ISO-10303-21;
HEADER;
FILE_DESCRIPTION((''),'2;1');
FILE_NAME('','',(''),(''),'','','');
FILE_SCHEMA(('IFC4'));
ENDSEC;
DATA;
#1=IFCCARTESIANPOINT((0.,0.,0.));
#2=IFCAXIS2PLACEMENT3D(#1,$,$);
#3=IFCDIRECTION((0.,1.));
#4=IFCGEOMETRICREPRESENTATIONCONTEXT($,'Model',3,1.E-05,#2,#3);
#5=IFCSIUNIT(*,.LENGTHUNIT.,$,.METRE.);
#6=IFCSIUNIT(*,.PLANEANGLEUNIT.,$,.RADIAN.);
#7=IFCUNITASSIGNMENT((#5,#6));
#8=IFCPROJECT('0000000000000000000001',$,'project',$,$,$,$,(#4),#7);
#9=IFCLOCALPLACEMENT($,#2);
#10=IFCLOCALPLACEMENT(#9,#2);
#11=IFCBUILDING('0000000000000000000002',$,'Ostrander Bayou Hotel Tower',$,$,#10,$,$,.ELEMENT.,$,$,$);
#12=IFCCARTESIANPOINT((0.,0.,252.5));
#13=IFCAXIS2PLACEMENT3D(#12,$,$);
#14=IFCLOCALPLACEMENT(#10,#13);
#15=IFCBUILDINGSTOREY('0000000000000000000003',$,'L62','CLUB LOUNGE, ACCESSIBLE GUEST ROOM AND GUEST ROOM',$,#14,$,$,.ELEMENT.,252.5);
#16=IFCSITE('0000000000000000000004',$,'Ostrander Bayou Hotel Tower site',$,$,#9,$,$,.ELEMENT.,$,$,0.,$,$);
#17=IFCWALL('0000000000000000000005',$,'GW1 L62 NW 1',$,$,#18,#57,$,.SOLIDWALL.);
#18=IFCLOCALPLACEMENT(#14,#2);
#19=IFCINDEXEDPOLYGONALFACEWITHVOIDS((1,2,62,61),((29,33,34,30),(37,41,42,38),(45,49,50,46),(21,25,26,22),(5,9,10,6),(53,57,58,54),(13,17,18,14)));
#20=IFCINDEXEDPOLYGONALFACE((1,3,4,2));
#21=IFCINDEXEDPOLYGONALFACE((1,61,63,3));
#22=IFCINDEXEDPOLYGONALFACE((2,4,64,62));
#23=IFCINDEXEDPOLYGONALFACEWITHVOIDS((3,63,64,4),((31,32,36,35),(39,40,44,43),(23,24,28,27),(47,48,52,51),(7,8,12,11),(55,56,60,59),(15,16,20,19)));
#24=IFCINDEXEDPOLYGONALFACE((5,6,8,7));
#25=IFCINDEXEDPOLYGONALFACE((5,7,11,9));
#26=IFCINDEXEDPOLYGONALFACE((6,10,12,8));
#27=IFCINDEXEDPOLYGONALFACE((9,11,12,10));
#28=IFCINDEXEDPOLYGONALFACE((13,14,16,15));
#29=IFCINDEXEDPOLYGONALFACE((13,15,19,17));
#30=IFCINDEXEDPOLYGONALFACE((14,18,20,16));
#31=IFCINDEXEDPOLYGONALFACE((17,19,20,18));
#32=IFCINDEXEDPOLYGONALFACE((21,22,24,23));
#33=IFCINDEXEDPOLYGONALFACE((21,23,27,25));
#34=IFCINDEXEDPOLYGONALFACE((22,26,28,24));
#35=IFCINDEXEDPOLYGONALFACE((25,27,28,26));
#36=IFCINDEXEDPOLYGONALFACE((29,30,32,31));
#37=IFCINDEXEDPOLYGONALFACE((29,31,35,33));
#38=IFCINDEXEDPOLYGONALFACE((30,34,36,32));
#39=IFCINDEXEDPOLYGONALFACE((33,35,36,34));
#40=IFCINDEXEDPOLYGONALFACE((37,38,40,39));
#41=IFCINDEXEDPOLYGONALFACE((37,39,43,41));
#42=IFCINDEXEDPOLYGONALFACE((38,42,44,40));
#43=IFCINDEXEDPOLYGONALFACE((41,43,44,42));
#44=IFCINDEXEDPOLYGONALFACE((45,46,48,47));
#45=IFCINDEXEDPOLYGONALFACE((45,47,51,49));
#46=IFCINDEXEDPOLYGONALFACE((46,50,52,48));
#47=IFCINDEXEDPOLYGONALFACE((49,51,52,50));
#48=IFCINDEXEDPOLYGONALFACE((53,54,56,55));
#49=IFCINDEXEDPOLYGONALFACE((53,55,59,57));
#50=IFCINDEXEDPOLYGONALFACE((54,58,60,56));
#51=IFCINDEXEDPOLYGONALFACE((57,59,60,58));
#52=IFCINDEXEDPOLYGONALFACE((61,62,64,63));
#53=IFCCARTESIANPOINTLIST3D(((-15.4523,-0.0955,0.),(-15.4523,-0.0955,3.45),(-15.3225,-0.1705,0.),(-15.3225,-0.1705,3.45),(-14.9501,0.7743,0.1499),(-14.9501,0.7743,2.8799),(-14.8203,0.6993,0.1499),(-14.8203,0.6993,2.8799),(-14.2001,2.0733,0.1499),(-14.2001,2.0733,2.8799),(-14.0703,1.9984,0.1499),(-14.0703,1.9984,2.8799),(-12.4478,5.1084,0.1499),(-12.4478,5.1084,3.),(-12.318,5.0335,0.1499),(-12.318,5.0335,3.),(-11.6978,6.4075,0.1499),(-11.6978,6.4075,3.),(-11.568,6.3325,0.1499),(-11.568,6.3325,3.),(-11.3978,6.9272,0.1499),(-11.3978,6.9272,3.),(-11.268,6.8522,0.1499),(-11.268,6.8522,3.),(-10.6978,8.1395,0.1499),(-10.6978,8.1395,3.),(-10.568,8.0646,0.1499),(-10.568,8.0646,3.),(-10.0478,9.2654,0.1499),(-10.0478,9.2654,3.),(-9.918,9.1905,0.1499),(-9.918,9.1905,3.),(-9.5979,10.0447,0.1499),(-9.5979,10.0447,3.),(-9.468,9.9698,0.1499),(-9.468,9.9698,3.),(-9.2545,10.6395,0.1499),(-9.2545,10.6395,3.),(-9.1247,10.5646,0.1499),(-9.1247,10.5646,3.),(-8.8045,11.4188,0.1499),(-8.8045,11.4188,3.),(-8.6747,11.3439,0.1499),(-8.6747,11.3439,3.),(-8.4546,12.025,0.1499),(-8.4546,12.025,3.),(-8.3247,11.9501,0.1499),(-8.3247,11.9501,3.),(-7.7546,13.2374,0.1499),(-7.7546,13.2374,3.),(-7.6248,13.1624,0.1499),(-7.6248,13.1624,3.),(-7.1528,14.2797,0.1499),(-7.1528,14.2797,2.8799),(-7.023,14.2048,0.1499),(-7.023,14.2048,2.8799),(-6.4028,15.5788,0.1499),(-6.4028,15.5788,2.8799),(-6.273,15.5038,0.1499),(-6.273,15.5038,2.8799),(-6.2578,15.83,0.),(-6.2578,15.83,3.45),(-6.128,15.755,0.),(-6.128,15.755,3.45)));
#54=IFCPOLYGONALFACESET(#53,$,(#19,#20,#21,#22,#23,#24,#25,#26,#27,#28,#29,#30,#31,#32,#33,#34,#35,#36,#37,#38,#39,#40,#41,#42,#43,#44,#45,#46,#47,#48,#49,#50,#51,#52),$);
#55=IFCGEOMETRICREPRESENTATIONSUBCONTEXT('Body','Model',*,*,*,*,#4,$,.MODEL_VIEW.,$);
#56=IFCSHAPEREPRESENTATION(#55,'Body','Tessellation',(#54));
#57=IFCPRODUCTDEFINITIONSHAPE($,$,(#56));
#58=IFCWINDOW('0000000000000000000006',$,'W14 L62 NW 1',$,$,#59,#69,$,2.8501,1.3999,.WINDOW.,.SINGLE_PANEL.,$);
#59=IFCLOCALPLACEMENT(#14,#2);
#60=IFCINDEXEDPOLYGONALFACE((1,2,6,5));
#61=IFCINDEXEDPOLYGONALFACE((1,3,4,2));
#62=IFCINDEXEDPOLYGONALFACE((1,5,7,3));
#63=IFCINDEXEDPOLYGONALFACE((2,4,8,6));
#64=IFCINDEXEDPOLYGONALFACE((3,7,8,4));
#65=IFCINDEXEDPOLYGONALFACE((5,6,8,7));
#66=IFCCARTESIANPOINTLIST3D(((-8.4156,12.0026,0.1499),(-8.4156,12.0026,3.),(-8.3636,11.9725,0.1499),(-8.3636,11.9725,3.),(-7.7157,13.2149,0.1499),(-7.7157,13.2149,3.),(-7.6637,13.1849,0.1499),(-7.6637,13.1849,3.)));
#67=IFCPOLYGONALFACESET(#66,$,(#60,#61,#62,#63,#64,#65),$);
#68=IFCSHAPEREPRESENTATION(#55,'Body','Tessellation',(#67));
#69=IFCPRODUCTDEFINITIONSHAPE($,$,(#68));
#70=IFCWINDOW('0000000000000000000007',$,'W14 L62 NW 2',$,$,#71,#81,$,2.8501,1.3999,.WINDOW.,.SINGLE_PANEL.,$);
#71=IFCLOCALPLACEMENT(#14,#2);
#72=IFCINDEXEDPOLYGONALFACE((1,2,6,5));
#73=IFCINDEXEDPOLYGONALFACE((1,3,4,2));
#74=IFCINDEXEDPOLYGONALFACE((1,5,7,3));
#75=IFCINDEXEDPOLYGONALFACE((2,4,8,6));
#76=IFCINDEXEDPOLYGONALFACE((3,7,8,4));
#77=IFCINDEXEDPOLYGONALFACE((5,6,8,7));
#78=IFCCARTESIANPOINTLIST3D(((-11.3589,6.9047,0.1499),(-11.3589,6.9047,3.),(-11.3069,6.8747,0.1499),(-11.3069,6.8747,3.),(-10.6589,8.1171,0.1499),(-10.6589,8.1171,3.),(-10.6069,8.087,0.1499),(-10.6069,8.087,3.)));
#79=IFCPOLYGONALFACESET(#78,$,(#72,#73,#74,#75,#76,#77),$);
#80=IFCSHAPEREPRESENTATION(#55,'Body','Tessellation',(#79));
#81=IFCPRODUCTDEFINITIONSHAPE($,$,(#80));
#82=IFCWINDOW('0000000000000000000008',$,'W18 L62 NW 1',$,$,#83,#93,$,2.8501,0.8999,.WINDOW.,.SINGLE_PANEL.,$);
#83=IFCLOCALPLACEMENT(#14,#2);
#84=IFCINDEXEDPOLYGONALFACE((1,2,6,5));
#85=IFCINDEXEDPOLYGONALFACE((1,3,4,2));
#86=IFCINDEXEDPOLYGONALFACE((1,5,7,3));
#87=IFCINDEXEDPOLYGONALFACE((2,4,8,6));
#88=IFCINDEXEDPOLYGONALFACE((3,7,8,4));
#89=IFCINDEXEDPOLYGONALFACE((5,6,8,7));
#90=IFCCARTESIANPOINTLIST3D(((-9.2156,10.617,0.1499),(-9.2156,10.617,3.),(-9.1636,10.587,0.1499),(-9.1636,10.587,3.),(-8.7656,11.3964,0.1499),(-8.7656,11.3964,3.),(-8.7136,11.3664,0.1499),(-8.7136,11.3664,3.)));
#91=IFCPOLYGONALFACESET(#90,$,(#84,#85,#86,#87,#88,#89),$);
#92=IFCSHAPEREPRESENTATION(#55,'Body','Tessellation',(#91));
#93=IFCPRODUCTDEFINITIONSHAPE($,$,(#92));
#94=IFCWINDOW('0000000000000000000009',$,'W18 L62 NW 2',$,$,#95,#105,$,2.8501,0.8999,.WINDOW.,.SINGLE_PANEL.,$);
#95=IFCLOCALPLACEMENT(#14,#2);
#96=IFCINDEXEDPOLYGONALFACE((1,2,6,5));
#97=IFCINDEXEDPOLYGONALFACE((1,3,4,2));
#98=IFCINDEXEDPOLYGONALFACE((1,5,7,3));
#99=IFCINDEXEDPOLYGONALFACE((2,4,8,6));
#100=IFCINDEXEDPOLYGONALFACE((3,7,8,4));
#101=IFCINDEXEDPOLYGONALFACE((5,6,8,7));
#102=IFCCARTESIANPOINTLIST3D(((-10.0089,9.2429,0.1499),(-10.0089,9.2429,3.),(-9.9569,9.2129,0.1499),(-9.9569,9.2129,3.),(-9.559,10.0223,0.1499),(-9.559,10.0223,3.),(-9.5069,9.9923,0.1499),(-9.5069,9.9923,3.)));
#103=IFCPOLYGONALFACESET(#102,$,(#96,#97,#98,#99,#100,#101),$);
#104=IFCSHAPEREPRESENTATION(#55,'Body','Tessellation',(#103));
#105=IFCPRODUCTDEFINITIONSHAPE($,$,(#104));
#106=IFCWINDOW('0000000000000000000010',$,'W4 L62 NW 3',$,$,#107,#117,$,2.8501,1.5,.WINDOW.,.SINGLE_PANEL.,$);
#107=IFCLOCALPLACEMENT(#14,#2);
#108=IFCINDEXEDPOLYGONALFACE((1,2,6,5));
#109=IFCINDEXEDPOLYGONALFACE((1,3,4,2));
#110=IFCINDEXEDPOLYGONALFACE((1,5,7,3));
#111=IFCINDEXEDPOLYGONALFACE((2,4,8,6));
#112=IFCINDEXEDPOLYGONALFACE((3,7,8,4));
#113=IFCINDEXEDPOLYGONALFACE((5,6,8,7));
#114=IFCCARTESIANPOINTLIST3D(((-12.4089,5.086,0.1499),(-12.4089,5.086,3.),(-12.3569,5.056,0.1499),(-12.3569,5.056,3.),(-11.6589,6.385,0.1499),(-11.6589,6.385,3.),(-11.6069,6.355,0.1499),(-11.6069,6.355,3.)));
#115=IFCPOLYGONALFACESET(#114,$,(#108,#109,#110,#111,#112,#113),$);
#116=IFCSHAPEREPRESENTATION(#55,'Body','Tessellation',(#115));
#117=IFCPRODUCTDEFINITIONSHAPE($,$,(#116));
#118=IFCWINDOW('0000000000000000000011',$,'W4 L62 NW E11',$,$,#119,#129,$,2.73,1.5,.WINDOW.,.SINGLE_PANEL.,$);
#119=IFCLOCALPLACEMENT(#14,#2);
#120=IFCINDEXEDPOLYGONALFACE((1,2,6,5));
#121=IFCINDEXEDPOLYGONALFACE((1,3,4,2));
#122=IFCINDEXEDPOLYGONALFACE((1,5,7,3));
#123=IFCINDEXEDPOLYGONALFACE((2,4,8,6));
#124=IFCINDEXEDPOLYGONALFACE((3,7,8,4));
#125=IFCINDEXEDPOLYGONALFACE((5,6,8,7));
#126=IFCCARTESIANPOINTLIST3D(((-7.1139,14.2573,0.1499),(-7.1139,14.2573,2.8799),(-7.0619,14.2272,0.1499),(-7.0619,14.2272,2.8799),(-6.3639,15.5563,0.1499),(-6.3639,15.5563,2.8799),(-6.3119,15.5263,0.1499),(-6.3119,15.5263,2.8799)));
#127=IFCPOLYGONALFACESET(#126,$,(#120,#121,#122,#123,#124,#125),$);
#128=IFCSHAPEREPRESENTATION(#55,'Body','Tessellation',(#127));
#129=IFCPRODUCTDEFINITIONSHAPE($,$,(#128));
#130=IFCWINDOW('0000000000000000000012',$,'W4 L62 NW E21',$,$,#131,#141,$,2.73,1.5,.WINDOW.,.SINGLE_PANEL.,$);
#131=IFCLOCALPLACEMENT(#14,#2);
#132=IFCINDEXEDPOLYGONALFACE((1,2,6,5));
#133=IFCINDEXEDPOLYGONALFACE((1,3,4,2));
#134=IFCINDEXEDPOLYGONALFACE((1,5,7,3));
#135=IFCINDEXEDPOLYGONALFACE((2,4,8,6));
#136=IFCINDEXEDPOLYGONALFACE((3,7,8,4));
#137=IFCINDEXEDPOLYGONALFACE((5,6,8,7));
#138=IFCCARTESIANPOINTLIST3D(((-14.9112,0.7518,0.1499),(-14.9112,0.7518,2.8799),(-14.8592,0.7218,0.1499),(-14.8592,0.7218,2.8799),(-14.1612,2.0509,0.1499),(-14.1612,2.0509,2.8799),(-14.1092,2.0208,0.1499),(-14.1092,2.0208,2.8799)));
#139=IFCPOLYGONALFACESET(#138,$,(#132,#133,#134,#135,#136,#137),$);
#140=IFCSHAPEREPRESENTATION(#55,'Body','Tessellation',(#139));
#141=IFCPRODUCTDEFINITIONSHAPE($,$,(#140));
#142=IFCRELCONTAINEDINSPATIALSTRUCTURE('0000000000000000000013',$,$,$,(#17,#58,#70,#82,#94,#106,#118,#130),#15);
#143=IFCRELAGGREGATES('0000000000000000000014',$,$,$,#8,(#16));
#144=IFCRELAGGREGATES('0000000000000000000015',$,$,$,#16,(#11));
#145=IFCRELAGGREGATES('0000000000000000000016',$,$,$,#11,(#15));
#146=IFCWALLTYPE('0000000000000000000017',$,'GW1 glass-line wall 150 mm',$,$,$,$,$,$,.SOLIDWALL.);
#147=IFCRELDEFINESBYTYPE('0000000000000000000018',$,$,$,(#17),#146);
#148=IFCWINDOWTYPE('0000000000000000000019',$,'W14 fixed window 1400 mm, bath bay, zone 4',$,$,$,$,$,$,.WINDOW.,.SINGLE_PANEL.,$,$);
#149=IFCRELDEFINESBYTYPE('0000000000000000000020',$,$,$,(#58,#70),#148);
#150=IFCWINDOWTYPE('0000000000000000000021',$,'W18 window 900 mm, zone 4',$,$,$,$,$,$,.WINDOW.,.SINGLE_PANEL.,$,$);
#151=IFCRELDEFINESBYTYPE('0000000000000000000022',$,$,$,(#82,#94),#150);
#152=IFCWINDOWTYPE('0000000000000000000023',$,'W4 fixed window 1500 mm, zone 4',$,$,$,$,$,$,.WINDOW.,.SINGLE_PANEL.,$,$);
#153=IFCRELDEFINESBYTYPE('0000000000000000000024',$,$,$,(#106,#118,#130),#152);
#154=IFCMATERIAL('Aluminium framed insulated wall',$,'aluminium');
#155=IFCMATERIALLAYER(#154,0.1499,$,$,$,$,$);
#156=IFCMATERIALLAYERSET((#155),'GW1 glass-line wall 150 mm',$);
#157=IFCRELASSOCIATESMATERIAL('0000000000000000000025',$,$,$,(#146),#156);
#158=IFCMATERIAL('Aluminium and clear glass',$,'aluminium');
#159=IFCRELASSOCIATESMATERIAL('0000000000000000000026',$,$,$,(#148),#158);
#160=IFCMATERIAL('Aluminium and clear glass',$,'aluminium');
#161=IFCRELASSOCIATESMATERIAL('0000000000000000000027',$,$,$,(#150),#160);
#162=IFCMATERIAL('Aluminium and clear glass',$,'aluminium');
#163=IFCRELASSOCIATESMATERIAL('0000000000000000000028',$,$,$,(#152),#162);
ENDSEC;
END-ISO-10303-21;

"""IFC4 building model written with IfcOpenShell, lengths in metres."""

from ifc_helpers import new_model, si_unit, direction, frame, frame_2d, origin, place, context, subcontext, project, spatial, rectangle, extrude, material, layer, layer_set, type_object, element, fill, save


model = new_model("IFC4")

# Units and contexts
model_context = context("Model", 3, precision=1e-05, world=origin(), true_north=direction((0.0, 1.0)))
body_context = subcontext(model_context, "Body", "Model", "MODEL_VIEW")
ifc_project = project(units=[si_unit("LENGTHUNIT", "METRE"), si_unit("PLANEANGLEUNIT", "RADIAN")], contexts=[model_context])

# Site, building, storey
site_placement = place(None, origin())
site = spatial("IfcSite", under=ifc_project, at=site_placement, Name="Ostrander Bayou Hotel Tower site", CompositionType="ELEMENT", RefElevation=0.0)
building_placement = place(site_placement, origin())
building = spatial("IfcBuilding", under=site, at=building_placement, Name="Ostrander Bayou Hotel Tower", CompositionType="ELEMENT")
storey_placement = place(building_placement, frame((0.0, 0.0, 252.5)))
storey = spatial("IfcBuildingStorey", under=building, at=storey_placement, Name="L62", Description="CLUB LOUNGE, ACCESSIBLE GUEST ROOM AND GUEST ROOM", CompositionType="ELEMENT", Elevation=252.5)

# Wall, openings, windows
ifc_material_1 = material(Name="Aluminium framed insulated wall", Category="aluminium")
ifc_layer_1 = layer(ifc_material_1, 0.1499)
ifc_layer_set_1 = layer_set([ifc_layer_1], Name="GW1 glass-line wall 150 mm")
wall_type_1 = type_object("IfcWallType", Name="GW1 glass-line wall 150 mm", PredefinedType="SOLIDWALL", material=ifc_layer_set_1)
wall_1_placement = place(storey_placement, frame((-6.1929, 15.7925, 0.0), z_axis=(0.0, 0.0, 1.0), x_axis=(-0.499999, -0.866026, 0.0)))
wall_1 = element("IfcWall", 1, at=wall_1_placement, inside=storey, type_object=wall_type_1, Name="GW1 L62 NW 1", PredefinedType="SOLIDWALL", context=body_context, shape_type="SweptSolid", body=[
    extrude(rectangle(XDim=18.3892, YDim=0.1499, at=frame_2d((9.1946, 0.0))), origin(), (0.0, 0.0, 1.0), 3.45),
])
opening_1_placement = place(wall_1_placement, frame((5.0935, 0.0, 0.1499)))
opening_1 = element("IfcOpeningElement", 2, at=opening_1_placement, cuts=wall_1, PredefinedType="OPENING", context=body_context, shape_type="SweptSolid", body=[
    extrude(rectangle(XDim=0.8999, YDim=2.8501, at=frame_2d((0.45, 1.425))), frame((0.0, 0.075, 0.0), z_axis=(0.0, -1.0, 0.0), x_axis=(1.0, 0.0, 0.0)), (0.0, 0.0, 1.0), 0.1499),
])
opening_2_placement = place(wall_1_placement, frame((2.9937, 0.0, 0.1499)))
opening_2 = element("IfcOpeningElement", 3, at=opening_2_placement, cuts=wall_1, PredefinedType="OPENING", context=body_context, shape_type="SweptSolid", body=[
    extrude(rectangle(XDim=1.3999, YDim=2.8501, at=frame_2d((0.7, 1.425))), frame((0.0, 0.075, 0.0), z_axis=(0.0, -1.0, 0.0), x_axis=(1.0, 0.0, 0.0)), (0.0, 0.0, 1.0), 0.1499),
])
opening_3_placement = place(wall_1_placement, frame((6.6802, 0.0, 0.1499)))
opening_3 = element("IfcOpeningElement", 4, at=opening_3_placement, cuts=wall_1, PredefinedType="OPENING", context=body_context, shape_type="SweptSolid", body=[
    extrude(rectangle(XDim=0.8999, YDim=2.8501, at=frame_2d((0.45, 1.425))), frame((0.0, 0.075, 0.0), z_axis=(0.0, -1.0, 0.0), x_axis=(1.0, 0.0, 0.0)), (0.0, 0.0, 1.0), 0.1499),
])
opening_4_placement = place(wall_1_placement, frame((8.8801, 0.0, 0.1499)))
opening_4 = element("IfcOpeningElement", 5, at=opening_4_placement, cuts=wall_1, PredefinedType="OPENING", context=body_context, shape_type="SweptSolid", body=[
    extrude(rectangle(XDim=1.3999, YDim=2.8501, at=frame_2d((0.7, 1.425))), frame((0.0, 0.075, 0.0), z_axis=(0.0, -1.0, 0.0), x_axis=(1.0, 0.0, 0.0)), (0.0, 0.0, 1.0), 0.1499),
])
opening_5_placement = place(wall_1_placement, frame((10.8801, 0.0, 0.1499)))
opening_5 = element("IfcOpeningElement", 6, at=opening_5_placement, cuts=wall_1, PredefinedType="OPENING", context=body_context, shape_type="SweptSolid", body=[
    extrude(rectangle(XDim=1.5, YDim=2.8501, at=frame_2d((0.75, 1.425))), frame((0.0, 0.075, 0.0), z_axis=(0.0, -1.0, 0.0), x_axis=(1.0, 0.0, 0.0)), (0.0, 0.0, 1.0), 0.1499),
])
opening_6_placement = place(wall_1_placement, frame((0.29, 0.0, 0.1499)))
opening_6 = element("IfcOpeningElement", 7, at=opening_6_placement, cuts=wall_1, PredefinedType="OPENING", context=body_context, shape_type="SweptSolid", body=[
    extrude(rectangle(XDim=1.5, YDim=2.73, at=frame_2d((0.75, 1.365))), frame((0.0, 0.075, 0.0), z_axis=(0.0, -1.0, 0.0), x_axis=(1.0, 0.0, 0.0)), (0.0, 0.0, 1.0), 0.1499),
])
opening_7_placement = place(wall_1_placement, frame((15.8848, 0.0, 0.1499)))
opening_7 = element("IfcOpeningElement", 8, at=opening_7_placement, cuts=wall_1, PredefinedType="OPENING", context=body_context, shape_type="SweptSolid", body=[
    extrude(rectangle(XDim=1.5, YDim=2.73, at=frame_2d((0.75, 1.365))), frame((0.0, 0.075, 0.0), z_axis=(0.0, -1.0, 0.0), x_axis=(1.0, 0.0, 0.0)), (0.0, 0.0, 1.0), 0.1499),
])
ifc_material_2 = material(Name="Aluminium and clear glass", Category="aluminium")
window_type_1 = type_object("IfcWindowType", Name="W14 fixed window 1400 mm, bath bay, zone 4", PartitioningType="SINGLE_PANEL", PredefinedType="WINDOW", material=ifc_material_2)
window_1_placement = place(opening_2_placement, origin())
window_1 = element("IfcWindow", 9, at=window_1_placement, inside=storey, type_object=window_type_1, Name="W14 L62 NW 1", OverallHeight=2.8501, OverallWidth=1.3999, PartitioningType="SINGLE_PANEL", PredefinedType="WINDOW", context=body_context, shape_type="SweptSolid", body=[
    extrude(rectangle(XDim=1.3999, YDim=2.8501, at=frame_2d((0.7, 1.425))), frame((0.0, 0.03, 0.0), z_axis=(0.0, -1.0, 0.0), x_axis=(1.0, 0.0, 0.0)), (0.0, 0.0, 1.0), 0.0601),
])
fill(opening_2, window_1)
window_2_placement = place(opening_4_placement, origin())
window_2 = element("IfcWindow", 10, at=window_2_placement, inside=storey, type_object=window_type_1, Name="W14 L62 NW 2", OverallHeight=2.8501, OverallWidth=1.3999, PartitioningType="SINGLE_PANEL", PredefinedType="WINDOW", context=body_context, shape_type="SweptSolid", body=[
    extrude(rectangle(XDim=1.3999, YDim=2.8501, at=frame_2d((0.7, 1.425))), frame((0.0, 0.03, 0.0), z_axis=(0.0, -1.0, 0.0), x_axis=(1.0, 0.0, 0.0)), (0.0, 0.0, 1.0), 0.0601),
])
fill(opening_4, window_2)
ifc_material_3 = material(Name="Aluminium and clear glass", Category="aluminium")
window_type_2 = type_object("IfcWindowType", Name="W18 window 900 mm, zone 4", PartitioningType="SINGLE_PANEL", PredefinedType="WINDOW", material=ifc_material_3)
window_3_placement = place(opening_1_placement, origin())
window_3 = element("IfcWindow", 11, at=window_3_placement, inside=storey, type_object=window_type_2, Name="W18 L62 NW 1", OverallHeight=2.8501, OverallWidth=0.8999, PartitioningType="SINGLE_PANEL", PredefinedType="WINDOW", context=body_context, shape_type="SweptSolid", body=[
    extrude(rectangle(XDim=0.8999, YDim=2.8501, at=frame_2d((0.45, 1.425))), frame((0.0, 0.03, 0.0), z_axis=(0.0, -1.0, 0.0), x_axis=(1.0, 0.0, 0.0)), (0.0, 0.0, 1.0), 0.0601),
])
fill(opening_1, window_3)
window_4_placement = place(opening_3_placement, origin())
window_4 = element("IfcWindow", 12, at=window_4_placement, inside=storey, type_object=window_type_2, Name="W18 L62 NW 2", OverallHeight=2.8501, OverallWidth=0.8999, PartitioningType="SINGLE_PANEL", PredefinedType="WINDOW", context=body_context, shape_type="SweptSolid", body=[
    extrude(rectangle(XDim=0.8999, YDim=2.8501, at=frame_2d((0.45, 1.425))), frame((0.0, 0.03, 0.0), z_axis=(0.0, -1.0, 0.0), x_axis=(1.0, 0.0, 0.0)), (0.0, 0.0, 1.0), 0.0601),
])
fill(opening_3, window_4)
ifc_material_4 = material(Name="Aluminium and clear glass", Category="aluminium")
window_type_3 = type_object("IfcWindowType", Name="W4 fixed window 1500 mm, zone 4", PartitioningType="SINGLE_PANEL", PredefinedType="WINDOW", material=ifc_material_4)
window_5_placement = place(opening_5_placement, origin())
window_5 = element("IfcWindow", 13, at=window_5_placement, inside=storey, type_object=window_type_3, Name="W4 L62 NW 3", OverallHeight=2.8501, OverallWidth=1.5, PartitioningType="SINGLE_PANEL", PredefinedType="WINDOW", context=body_context, shape_type="SweptSolid", body=[
    extrude(rectangle(XDim=1.5, YDim=2.8501, at=frame_2d((0.75, 1.425))), frame((0.0, 0.03, 0.0), z_axis=(0.0, -1.0, 0.0), x_axis=(1.0, 0.0, 0.0)), (0.0, 0.0, 1.0), 0.0601),
])
fill(opening_5, window_5)
window_6_placement = place(opening_6_placement, origin())
window_6 = element("IfcWindow", 14, at=window_6_placement, inside=storey, type_object=window_type_3, Name="W4 L62 NW E11", OverallHeight=2.73, OverallWidth=1.5, PartitioningType="SINGLE_PANEL", PredefinedType="WINDOW", context=body_context, shape_type="SweptSolid", body=[
    extrude(rectangle(XDim=1.5, YDim=2.73, at=frame_2d((0.75, 1.365))), frame((0.0, 0.03, 0.0), z_axis=(0.0, -1.0, 0.0), x_axis=(1.0, 0.0, 0.0)), (0.0, 0.0, 1.0), 0.0601),
])
fill(opening_6, window_6)
window_7_placement = place(opening_7_placement, origin())
window_7 = element("IfcWindow", 15, at=window_7_placement, inside=storey, type_object=window_type_3, Name="W4 L62 NW E21", OverallHeight=2.73, OverallWidth=1.5, PartitioningType="SINGLE_PANEL", PredefinedType="WINDOW", context=body_context, shape_type="SweptSolid", body=[
    extrude(rectangle(XDim=1.5, YDim=2.73, at=frame_2d((0.75, 1.365))), frame((0.0, 0.03, 0.0), z_axis=(0.0, -1.0, 0.0), x_axis=(1.0, 0.0, 0.0)), (0.0, 0.0, 1.0), 0.0601),
])
fill(opening_7, window_7)

save(model, "model.ifc")
